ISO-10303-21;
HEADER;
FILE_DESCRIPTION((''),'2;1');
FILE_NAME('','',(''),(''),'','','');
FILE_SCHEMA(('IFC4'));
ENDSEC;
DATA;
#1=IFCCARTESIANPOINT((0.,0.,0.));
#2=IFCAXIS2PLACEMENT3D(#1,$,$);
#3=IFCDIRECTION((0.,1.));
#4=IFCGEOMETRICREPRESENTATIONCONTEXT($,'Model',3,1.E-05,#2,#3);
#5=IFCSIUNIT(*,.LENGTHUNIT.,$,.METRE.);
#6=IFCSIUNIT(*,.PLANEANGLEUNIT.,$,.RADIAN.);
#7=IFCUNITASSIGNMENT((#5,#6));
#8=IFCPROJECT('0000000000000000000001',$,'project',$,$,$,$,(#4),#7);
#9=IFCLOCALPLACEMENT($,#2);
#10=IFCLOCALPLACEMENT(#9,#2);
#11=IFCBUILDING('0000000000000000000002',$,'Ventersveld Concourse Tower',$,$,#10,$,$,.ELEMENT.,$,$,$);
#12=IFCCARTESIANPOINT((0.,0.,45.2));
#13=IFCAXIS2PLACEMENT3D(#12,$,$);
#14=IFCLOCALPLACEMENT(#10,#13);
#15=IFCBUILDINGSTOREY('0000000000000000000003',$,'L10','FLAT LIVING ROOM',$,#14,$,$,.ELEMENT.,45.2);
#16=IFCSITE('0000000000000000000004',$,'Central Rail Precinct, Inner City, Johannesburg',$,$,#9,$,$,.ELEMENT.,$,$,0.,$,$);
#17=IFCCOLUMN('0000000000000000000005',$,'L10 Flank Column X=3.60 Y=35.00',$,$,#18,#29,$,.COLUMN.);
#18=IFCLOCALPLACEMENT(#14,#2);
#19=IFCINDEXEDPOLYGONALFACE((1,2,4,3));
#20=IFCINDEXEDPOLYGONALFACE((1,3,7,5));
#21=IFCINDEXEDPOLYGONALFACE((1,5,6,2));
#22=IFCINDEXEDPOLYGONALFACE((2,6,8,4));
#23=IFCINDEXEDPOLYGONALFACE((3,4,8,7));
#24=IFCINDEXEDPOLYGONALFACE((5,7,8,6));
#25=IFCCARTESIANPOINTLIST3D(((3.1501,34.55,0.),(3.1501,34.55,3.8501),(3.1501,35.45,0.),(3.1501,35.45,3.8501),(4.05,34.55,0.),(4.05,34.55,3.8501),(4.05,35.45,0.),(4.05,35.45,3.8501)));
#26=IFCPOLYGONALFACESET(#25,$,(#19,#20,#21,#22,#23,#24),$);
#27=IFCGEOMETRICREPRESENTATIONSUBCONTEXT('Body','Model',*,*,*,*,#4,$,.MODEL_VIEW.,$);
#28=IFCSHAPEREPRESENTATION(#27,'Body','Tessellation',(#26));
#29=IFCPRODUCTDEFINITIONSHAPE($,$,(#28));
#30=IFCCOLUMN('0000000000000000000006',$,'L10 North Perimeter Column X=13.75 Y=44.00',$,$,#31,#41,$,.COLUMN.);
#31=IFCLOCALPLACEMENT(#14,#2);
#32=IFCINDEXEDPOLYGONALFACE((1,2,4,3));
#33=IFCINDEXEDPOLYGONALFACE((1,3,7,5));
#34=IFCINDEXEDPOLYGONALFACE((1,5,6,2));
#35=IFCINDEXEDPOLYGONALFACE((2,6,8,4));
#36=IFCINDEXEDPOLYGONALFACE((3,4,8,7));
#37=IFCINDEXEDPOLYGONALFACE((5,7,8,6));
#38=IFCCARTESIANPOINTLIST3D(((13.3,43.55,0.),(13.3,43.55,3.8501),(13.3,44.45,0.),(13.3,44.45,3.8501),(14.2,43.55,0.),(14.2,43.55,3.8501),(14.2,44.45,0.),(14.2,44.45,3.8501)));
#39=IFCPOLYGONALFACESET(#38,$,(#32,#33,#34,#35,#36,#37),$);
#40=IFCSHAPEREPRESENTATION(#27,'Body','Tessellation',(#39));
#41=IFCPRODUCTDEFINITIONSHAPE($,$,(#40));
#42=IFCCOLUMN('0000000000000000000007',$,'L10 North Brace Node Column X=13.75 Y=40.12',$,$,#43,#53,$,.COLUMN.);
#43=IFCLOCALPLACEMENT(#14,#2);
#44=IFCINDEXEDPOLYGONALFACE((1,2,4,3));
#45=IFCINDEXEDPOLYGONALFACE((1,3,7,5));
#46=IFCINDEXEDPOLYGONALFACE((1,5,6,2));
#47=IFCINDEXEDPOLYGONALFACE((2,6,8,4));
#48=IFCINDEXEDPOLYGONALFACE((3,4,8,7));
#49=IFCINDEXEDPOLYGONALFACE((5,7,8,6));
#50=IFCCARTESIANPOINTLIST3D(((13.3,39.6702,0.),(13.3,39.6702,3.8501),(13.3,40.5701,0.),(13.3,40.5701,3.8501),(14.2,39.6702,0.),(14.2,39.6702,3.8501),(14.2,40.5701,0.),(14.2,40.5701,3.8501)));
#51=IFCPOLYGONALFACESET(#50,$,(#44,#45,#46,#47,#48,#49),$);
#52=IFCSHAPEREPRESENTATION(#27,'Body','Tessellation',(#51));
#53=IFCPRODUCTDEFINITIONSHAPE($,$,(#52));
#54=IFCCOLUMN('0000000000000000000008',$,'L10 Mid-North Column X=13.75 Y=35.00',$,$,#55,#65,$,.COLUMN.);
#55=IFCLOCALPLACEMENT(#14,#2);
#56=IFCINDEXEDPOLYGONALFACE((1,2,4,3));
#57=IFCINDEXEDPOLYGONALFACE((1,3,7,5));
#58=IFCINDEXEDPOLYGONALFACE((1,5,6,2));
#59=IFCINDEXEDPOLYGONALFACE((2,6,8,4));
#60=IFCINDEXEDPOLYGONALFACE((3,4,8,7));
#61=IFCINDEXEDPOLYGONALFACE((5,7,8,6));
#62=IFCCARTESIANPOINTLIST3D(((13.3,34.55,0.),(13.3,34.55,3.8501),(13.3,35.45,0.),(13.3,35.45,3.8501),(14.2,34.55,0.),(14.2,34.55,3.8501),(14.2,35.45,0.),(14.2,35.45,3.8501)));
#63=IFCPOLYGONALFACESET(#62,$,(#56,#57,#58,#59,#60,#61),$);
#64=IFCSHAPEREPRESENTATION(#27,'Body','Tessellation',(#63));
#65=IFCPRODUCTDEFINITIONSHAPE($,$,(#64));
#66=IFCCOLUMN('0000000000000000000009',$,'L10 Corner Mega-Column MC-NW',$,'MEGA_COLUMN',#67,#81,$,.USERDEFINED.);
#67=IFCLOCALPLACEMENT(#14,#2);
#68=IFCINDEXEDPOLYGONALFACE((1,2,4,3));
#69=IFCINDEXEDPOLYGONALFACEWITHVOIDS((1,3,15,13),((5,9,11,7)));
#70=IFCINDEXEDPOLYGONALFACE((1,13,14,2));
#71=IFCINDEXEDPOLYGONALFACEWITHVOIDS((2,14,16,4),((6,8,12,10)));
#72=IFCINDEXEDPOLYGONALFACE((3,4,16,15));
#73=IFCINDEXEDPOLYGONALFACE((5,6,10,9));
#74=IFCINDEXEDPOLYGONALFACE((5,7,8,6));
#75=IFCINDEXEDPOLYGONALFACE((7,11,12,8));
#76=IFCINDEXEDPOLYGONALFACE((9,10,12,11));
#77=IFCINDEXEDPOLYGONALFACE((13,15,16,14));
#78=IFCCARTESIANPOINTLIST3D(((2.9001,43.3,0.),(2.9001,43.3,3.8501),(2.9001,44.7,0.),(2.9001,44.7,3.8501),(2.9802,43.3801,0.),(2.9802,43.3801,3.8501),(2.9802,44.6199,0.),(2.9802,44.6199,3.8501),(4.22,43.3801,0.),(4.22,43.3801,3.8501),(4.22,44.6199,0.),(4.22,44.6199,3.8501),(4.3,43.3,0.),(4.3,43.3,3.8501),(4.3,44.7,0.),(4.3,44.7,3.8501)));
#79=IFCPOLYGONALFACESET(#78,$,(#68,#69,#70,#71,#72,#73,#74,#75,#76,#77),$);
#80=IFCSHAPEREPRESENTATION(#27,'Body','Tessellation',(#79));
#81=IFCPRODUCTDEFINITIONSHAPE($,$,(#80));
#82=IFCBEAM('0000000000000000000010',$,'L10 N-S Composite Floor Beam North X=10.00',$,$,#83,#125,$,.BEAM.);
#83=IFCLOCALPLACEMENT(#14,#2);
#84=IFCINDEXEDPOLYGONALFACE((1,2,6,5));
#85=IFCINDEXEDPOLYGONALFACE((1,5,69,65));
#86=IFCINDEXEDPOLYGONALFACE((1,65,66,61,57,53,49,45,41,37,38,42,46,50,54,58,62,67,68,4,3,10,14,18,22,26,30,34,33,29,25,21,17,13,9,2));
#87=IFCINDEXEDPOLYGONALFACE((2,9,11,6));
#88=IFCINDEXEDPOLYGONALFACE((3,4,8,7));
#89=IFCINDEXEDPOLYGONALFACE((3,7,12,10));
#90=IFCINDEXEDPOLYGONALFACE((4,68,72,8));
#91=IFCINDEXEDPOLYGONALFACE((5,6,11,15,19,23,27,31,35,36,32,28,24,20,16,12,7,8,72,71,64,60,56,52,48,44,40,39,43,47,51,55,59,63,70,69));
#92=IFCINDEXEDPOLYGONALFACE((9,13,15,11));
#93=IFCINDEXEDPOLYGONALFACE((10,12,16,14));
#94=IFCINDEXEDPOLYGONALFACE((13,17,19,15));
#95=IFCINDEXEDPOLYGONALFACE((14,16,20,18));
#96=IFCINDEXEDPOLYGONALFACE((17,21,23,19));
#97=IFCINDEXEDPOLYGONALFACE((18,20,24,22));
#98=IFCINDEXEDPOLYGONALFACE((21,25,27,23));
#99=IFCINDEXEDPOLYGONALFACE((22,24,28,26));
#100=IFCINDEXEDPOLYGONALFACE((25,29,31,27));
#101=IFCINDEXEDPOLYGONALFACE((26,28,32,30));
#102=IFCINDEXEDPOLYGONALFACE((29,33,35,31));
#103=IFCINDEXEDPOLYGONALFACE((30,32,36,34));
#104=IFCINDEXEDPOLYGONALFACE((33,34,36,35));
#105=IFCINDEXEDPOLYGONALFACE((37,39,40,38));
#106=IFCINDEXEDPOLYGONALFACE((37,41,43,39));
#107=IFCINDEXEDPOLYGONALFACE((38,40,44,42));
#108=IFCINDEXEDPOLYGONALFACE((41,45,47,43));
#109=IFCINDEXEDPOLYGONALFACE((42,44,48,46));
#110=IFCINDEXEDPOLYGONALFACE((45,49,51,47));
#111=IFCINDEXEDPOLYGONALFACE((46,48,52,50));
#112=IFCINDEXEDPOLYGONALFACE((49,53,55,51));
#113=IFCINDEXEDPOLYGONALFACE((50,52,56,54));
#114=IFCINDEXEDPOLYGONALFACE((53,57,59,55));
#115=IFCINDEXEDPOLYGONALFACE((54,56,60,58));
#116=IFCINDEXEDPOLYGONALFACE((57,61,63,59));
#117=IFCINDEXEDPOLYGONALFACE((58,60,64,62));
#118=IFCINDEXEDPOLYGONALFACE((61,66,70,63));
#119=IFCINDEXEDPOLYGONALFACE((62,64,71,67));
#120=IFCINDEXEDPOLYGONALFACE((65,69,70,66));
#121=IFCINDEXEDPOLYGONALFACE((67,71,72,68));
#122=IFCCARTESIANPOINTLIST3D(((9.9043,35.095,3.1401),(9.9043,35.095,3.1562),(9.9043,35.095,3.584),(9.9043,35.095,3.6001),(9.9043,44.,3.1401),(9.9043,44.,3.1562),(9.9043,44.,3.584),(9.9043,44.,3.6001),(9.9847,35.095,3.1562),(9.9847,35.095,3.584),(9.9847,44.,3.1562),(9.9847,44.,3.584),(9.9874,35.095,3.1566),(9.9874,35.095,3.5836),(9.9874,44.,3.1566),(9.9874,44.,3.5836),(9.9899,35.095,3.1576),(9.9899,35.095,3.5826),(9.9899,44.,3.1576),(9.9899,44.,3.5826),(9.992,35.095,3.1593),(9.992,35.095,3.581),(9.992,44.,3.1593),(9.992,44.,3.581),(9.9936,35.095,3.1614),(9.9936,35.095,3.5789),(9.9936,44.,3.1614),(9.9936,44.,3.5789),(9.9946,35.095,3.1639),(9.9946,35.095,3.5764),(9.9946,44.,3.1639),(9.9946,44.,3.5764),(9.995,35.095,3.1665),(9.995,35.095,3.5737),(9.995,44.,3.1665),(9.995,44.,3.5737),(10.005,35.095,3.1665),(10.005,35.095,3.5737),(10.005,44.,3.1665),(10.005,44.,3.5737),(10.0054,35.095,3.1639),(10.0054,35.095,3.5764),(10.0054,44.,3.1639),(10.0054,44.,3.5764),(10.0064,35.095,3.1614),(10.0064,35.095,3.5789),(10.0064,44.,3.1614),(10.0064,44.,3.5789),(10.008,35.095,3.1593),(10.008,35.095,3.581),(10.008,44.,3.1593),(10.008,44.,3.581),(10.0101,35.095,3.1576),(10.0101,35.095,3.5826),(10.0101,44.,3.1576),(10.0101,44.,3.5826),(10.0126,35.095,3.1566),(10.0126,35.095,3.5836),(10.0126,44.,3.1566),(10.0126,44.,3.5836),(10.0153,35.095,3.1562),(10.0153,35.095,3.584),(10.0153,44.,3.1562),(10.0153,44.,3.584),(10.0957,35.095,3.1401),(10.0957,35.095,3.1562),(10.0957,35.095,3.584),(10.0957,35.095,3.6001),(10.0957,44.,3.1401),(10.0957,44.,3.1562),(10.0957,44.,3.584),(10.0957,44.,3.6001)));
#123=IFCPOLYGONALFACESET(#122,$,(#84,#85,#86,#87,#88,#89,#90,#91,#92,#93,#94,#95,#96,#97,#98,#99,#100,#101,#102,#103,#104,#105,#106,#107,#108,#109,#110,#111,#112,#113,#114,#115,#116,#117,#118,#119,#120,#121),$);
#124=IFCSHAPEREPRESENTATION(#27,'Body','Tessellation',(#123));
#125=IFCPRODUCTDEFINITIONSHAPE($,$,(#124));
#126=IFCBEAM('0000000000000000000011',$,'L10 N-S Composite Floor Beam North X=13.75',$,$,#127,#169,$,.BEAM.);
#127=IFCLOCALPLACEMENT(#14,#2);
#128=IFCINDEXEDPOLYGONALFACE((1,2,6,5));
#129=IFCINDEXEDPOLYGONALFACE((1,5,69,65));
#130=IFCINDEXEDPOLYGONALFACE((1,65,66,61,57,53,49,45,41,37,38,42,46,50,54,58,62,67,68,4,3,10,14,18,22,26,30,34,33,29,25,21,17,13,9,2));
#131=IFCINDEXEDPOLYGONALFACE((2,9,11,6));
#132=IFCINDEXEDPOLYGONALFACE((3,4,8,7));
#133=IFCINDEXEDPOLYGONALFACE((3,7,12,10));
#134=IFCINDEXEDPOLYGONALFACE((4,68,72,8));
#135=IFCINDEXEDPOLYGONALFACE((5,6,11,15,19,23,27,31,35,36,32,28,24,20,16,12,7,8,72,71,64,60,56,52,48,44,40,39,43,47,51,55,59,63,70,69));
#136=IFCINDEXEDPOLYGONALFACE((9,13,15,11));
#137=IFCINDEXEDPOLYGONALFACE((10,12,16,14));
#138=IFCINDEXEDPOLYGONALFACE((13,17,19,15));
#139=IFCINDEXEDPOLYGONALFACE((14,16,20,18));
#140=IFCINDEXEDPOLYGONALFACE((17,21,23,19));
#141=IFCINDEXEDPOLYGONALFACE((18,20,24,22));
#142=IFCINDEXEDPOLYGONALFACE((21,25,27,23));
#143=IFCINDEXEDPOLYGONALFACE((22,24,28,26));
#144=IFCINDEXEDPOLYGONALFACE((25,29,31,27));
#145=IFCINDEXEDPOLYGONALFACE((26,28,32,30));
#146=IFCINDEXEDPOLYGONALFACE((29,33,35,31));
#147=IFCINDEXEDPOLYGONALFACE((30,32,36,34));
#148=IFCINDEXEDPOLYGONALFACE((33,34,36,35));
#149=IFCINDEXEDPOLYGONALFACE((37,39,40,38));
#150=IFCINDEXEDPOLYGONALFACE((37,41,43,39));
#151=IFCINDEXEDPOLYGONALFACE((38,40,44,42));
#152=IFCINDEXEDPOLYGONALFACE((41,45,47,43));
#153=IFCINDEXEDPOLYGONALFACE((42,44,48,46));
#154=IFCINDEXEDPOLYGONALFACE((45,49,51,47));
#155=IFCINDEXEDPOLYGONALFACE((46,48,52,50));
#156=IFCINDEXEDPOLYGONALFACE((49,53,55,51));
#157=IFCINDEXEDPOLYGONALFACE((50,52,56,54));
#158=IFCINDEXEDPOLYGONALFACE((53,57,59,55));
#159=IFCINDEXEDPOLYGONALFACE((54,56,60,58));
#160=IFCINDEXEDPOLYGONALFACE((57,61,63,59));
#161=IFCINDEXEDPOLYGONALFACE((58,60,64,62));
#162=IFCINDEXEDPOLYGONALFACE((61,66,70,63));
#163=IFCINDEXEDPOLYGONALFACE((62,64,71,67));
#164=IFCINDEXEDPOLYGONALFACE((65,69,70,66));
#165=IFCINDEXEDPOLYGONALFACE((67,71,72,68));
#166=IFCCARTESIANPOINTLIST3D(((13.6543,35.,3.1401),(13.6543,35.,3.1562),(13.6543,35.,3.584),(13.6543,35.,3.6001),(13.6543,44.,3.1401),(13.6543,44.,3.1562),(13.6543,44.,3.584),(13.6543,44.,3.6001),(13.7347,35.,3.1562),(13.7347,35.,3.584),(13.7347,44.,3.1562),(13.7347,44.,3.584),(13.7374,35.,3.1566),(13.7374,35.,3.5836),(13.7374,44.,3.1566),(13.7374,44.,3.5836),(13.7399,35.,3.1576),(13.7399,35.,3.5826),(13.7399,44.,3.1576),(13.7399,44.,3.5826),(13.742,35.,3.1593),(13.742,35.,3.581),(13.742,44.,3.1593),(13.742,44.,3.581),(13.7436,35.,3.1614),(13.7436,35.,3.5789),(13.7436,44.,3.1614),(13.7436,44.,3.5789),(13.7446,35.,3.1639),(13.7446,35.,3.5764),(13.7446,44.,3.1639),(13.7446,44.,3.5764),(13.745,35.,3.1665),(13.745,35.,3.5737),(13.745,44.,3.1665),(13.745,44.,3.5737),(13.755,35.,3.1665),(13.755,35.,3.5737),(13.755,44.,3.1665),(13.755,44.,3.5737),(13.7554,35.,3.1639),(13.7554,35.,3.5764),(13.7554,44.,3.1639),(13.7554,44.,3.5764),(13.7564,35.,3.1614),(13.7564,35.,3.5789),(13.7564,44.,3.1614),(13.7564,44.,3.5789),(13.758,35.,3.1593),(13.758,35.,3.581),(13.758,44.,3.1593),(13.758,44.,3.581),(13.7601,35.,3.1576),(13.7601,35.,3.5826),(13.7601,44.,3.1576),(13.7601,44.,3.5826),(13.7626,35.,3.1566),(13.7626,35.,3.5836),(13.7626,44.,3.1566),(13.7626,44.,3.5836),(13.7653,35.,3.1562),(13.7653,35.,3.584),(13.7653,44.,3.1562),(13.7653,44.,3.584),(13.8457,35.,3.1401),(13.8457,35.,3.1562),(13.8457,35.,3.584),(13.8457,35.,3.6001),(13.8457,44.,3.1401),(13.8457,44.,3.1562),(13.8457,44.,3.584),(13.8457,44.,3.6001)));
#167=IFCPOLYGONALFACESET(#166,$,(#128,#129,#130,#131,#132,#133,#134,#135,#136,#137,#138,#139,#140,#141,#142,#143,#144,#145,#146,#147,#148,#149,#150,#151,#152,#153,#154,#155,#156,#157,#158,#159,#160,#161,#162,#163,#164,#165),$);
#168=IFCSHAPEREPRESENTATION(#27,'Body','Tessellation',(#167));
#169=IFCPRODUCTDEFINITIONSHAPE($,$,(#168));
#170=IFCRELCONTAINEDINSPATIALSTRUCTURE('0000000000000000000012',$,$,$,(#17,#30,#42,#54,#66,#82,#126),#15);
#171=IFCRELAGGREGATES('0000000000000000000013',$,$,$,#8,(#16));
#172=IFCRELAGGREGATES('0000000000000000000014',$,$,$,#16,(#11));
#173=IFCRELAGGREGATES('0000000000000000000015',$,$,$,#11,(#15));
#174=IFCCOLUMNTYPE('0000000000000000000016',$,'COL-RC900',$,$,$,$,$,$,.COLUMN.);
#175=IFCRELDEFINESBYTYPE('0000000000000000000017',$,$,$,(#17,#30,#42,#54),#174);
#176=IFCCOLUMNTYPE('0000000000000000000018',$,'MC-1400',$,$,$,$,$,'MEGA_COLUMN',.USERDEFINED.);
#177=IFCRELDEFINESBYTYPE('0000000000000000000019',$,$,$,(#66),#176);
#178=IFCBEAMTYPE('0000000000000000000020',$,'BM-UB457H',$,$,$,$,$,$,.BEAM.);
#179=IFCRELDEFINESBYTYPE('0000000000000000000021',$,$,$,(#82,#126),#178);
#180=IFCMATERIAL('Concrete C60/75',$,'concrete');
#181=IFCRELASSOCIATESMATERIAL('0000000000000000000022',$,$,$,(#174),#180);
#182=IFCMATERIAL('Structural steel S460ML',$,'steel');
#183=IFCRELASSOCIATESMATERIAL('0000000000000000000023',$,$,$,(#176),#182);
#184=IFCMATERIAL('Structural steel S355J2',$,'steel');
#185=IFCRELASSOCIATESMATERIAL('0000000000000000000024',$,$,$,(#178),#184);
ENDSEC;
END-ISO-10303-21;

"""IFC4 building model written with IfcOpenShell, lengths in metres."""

from ifc_helpers import new_model, si_unit, direction, frame, origin, origin_2d, place, context, subcontext, project, spatial, rectangle, hollow_rectangle, i_section, extrude, material, material_profile, profile_set, type_object, element, save


model = new_model("IFC4")

# Units and contexts
model_context = context("Model", 3, precision=1e-05, world=origin(), true_north=direction((0.0, 1.0)))
body_context = subcontext(model_context, "Body", "Model", "MODEL_VIEW")
ifc_project = project(units=[si_unit("LENGTHUNIT", "METRE"), si_unit("PLANEANGLEUNIT", "RADIAN")], contexts=[model_context])

# Site, building, storey
site_placement = place(None, origin())
site = spatial("IfcSite", under=ifc_project, at=site_placement, Name="Central Rail Precinct, Inner City, Johannesburg", CompositionType="ELEMENT", RefElevation=0.0)
building_placement = place(site_placement, origin())
building = spatial("IfcBuilding", under=site, at=building_placement, Name="Ventersveld Concourse Tower", CompositionType="ELEMENT")
storey_placement = place(building_placement, frame((0.0, 0.0, 45.2)))
storey = spatial("IfcBuildingStorey", under=building, at=storey_placement, Name="L10", Description="FLAT LIVING ROOM", CompositionType="ELEMENT", Elevation=45.2)

# Columns
ifc_material_1 = material(Name="Concrete C60/75", Category="concrete")
ifc_material_profile_1 = material_profile(ifc_material_1, rectangle(XDim=0.8999, YDim=0.8999, at=origin_2d()), Name="RC 900x900")
ifc_profile_set_1 = profile_set([ifc_material_profile_1], Name="Concrete C60/75")
column_type_1 = type_object("IfcColumnType", Name="COL-RC900", PredefinedType="COLUMN", material=ifc_profile_set_1)
for number, where, z_axis, x_axis, name in (
    (1, (3.6001, 35.0, 0.0), (0.0, 0.0, 1.0), (1.0, 0.0, 0.0), "L10 Flank Column X=3.60 Y=35.00"),
    (2, (13.75, 44.0, 0.0), (0.0, 0.0, 1.0), (1.0, 0.0, 0.0), "L10 North Perimeter Column X=13.75 Y=44.00"),
    (3, (13.75, 40.1201, 0.0), (0.0, 0.0, 1.0), (1.0, 0.0, 0.0), "L10 North Brace Node Column X=13.75 Y=40.12"),
    (4, (13.75, 35.0, 0.0), (0.0, 0.0, 1.0), (1.0, 0.0, 0.0), "L10 Mid-North Column X=13.75 Y=35.00"),
):
    element("IfcColumn", number, at=place(storey_placement, frame(where, z_axis=z_axis, x_axis=x_axis)), inside=storey, type_object=column_type_1, Name=name, PredefinedType="COLUMN", context=body_context, shape_type="SweptSolid", body=[
        extrude(rectangle(XDim=0.8999, YDim=0.8999, at=origin_2d()), origin(), (0.0, 0.0, 1.0), 3.8501),
    ])
ifc_material_2 = material(Name="Structural steel S460ML", Category="steel")
ifc_material_profile_2 = material_profile(ifc_material_2, hollow_rectangle(XDim=1.3999, YDim=1.3999, WallThickness=0.0801, at=origin_2d()), Name="BOX 1400x1400x80")
ifc_profile_set_2 = profile_set([ifc_material_profile_2], Name="Structural steel S460ML")
column_type_2 = type_object("IfcColumnType", Name="MC-1400", ElementType="MEGA_COLUMN", PredefinedType="USERDEFINED", material=ifc_profile_set_2)
column_placement = place(storey_placement, frame((3.6001, 44.0, 0.0), z_axis=(0.0, 0.0, 1.0), x_axis=(1.0, 0.0, 0.0)))
element("IfcColumn", 5, at=column_placement, inside=storey, type_object=column_type_2, Name="L10 Corner Mega-Column MC-NW", ObjectType="MEGA_COLUMN", PredefinedType="USERDEFINED", context=body_context, shape_type="SweptSolid", body=[
    extrude(hollow_rectangle(XDim=1.3999, YDim=1.3999, WallThickness=0.0801, at=origin_2d()), origin(), (0.0, 0.0, 1.0), 3.8501),
])

# Beams
ifc_material_3 = material(Name="Structural steel S355J2", Category="steel")
ifc_material_profile_3 = material_profile(ifc_material_3, i_section(OverallWidth=0.1914, OverallDepth=0.46, WebThickness=0.01, FlangeThickness=0.0161, FilletRadius=0.0103, at=origin_2d()), Name="UB 457x191x82")
ifc_profile_set_3 = profile_set([ifc_material_profile_3], Name="Structural steel S355J2")
beam_type_1 = type_object("IfcBeamType", Name="BM-UB457H", PredefinedType="BEAM", material=ifc_profile_set_3)
beam_1_placement = place(storey_placement, frame((10.0, 35.095, 3.3701), z_axis=(0.0, 1.0, 0.0), x_axis=(-1.0, 0.0, 0.0)))
element("IfcBeam", 6, at=beam_1_placement, inside=storey, type_object=beam_type_1, Name="L10 N-S Composite Floor Beam North X=10.00", PredefinedType="BEAM", context=body_context, shape_type="SweptSolid", body=[
    extrude(i_section(OverallWidth=0.1914, OverallDepth=0.46, WebThickness=0.01, FlangeThickness=0.0161, FilletRadius=0.0103, at=origin_2d()), origin(), (0.0, 0.0, 1.0), 8.905),
])
beam_2_placement = place(storey_placement, frame((13.75, 35.0, 3.3701), z_axis=(0.0, 1.0, 0.0), x_axis=(-1.0, 0.0, 0.0)))
element("IfcBeam", 7, at=beam_2_placement, inside=storey, type_object=beam_type_1, Name="L10 N-S Composite Floor Beam North X=13.75", PredefinedType="BEAM", context=body_context, shape_type="SweptSolid", body=[
    extrude(i_section(OverallWidth=0.1914, OverallDepth=0.46, WebThickness=0.01, FlangeThickness=0.0161, FilletRadius=0.0103, at=origin_2d()), origin(), (0.0, 0.0, 1.0), 9.0),
])

save(model, "model.ifc")
